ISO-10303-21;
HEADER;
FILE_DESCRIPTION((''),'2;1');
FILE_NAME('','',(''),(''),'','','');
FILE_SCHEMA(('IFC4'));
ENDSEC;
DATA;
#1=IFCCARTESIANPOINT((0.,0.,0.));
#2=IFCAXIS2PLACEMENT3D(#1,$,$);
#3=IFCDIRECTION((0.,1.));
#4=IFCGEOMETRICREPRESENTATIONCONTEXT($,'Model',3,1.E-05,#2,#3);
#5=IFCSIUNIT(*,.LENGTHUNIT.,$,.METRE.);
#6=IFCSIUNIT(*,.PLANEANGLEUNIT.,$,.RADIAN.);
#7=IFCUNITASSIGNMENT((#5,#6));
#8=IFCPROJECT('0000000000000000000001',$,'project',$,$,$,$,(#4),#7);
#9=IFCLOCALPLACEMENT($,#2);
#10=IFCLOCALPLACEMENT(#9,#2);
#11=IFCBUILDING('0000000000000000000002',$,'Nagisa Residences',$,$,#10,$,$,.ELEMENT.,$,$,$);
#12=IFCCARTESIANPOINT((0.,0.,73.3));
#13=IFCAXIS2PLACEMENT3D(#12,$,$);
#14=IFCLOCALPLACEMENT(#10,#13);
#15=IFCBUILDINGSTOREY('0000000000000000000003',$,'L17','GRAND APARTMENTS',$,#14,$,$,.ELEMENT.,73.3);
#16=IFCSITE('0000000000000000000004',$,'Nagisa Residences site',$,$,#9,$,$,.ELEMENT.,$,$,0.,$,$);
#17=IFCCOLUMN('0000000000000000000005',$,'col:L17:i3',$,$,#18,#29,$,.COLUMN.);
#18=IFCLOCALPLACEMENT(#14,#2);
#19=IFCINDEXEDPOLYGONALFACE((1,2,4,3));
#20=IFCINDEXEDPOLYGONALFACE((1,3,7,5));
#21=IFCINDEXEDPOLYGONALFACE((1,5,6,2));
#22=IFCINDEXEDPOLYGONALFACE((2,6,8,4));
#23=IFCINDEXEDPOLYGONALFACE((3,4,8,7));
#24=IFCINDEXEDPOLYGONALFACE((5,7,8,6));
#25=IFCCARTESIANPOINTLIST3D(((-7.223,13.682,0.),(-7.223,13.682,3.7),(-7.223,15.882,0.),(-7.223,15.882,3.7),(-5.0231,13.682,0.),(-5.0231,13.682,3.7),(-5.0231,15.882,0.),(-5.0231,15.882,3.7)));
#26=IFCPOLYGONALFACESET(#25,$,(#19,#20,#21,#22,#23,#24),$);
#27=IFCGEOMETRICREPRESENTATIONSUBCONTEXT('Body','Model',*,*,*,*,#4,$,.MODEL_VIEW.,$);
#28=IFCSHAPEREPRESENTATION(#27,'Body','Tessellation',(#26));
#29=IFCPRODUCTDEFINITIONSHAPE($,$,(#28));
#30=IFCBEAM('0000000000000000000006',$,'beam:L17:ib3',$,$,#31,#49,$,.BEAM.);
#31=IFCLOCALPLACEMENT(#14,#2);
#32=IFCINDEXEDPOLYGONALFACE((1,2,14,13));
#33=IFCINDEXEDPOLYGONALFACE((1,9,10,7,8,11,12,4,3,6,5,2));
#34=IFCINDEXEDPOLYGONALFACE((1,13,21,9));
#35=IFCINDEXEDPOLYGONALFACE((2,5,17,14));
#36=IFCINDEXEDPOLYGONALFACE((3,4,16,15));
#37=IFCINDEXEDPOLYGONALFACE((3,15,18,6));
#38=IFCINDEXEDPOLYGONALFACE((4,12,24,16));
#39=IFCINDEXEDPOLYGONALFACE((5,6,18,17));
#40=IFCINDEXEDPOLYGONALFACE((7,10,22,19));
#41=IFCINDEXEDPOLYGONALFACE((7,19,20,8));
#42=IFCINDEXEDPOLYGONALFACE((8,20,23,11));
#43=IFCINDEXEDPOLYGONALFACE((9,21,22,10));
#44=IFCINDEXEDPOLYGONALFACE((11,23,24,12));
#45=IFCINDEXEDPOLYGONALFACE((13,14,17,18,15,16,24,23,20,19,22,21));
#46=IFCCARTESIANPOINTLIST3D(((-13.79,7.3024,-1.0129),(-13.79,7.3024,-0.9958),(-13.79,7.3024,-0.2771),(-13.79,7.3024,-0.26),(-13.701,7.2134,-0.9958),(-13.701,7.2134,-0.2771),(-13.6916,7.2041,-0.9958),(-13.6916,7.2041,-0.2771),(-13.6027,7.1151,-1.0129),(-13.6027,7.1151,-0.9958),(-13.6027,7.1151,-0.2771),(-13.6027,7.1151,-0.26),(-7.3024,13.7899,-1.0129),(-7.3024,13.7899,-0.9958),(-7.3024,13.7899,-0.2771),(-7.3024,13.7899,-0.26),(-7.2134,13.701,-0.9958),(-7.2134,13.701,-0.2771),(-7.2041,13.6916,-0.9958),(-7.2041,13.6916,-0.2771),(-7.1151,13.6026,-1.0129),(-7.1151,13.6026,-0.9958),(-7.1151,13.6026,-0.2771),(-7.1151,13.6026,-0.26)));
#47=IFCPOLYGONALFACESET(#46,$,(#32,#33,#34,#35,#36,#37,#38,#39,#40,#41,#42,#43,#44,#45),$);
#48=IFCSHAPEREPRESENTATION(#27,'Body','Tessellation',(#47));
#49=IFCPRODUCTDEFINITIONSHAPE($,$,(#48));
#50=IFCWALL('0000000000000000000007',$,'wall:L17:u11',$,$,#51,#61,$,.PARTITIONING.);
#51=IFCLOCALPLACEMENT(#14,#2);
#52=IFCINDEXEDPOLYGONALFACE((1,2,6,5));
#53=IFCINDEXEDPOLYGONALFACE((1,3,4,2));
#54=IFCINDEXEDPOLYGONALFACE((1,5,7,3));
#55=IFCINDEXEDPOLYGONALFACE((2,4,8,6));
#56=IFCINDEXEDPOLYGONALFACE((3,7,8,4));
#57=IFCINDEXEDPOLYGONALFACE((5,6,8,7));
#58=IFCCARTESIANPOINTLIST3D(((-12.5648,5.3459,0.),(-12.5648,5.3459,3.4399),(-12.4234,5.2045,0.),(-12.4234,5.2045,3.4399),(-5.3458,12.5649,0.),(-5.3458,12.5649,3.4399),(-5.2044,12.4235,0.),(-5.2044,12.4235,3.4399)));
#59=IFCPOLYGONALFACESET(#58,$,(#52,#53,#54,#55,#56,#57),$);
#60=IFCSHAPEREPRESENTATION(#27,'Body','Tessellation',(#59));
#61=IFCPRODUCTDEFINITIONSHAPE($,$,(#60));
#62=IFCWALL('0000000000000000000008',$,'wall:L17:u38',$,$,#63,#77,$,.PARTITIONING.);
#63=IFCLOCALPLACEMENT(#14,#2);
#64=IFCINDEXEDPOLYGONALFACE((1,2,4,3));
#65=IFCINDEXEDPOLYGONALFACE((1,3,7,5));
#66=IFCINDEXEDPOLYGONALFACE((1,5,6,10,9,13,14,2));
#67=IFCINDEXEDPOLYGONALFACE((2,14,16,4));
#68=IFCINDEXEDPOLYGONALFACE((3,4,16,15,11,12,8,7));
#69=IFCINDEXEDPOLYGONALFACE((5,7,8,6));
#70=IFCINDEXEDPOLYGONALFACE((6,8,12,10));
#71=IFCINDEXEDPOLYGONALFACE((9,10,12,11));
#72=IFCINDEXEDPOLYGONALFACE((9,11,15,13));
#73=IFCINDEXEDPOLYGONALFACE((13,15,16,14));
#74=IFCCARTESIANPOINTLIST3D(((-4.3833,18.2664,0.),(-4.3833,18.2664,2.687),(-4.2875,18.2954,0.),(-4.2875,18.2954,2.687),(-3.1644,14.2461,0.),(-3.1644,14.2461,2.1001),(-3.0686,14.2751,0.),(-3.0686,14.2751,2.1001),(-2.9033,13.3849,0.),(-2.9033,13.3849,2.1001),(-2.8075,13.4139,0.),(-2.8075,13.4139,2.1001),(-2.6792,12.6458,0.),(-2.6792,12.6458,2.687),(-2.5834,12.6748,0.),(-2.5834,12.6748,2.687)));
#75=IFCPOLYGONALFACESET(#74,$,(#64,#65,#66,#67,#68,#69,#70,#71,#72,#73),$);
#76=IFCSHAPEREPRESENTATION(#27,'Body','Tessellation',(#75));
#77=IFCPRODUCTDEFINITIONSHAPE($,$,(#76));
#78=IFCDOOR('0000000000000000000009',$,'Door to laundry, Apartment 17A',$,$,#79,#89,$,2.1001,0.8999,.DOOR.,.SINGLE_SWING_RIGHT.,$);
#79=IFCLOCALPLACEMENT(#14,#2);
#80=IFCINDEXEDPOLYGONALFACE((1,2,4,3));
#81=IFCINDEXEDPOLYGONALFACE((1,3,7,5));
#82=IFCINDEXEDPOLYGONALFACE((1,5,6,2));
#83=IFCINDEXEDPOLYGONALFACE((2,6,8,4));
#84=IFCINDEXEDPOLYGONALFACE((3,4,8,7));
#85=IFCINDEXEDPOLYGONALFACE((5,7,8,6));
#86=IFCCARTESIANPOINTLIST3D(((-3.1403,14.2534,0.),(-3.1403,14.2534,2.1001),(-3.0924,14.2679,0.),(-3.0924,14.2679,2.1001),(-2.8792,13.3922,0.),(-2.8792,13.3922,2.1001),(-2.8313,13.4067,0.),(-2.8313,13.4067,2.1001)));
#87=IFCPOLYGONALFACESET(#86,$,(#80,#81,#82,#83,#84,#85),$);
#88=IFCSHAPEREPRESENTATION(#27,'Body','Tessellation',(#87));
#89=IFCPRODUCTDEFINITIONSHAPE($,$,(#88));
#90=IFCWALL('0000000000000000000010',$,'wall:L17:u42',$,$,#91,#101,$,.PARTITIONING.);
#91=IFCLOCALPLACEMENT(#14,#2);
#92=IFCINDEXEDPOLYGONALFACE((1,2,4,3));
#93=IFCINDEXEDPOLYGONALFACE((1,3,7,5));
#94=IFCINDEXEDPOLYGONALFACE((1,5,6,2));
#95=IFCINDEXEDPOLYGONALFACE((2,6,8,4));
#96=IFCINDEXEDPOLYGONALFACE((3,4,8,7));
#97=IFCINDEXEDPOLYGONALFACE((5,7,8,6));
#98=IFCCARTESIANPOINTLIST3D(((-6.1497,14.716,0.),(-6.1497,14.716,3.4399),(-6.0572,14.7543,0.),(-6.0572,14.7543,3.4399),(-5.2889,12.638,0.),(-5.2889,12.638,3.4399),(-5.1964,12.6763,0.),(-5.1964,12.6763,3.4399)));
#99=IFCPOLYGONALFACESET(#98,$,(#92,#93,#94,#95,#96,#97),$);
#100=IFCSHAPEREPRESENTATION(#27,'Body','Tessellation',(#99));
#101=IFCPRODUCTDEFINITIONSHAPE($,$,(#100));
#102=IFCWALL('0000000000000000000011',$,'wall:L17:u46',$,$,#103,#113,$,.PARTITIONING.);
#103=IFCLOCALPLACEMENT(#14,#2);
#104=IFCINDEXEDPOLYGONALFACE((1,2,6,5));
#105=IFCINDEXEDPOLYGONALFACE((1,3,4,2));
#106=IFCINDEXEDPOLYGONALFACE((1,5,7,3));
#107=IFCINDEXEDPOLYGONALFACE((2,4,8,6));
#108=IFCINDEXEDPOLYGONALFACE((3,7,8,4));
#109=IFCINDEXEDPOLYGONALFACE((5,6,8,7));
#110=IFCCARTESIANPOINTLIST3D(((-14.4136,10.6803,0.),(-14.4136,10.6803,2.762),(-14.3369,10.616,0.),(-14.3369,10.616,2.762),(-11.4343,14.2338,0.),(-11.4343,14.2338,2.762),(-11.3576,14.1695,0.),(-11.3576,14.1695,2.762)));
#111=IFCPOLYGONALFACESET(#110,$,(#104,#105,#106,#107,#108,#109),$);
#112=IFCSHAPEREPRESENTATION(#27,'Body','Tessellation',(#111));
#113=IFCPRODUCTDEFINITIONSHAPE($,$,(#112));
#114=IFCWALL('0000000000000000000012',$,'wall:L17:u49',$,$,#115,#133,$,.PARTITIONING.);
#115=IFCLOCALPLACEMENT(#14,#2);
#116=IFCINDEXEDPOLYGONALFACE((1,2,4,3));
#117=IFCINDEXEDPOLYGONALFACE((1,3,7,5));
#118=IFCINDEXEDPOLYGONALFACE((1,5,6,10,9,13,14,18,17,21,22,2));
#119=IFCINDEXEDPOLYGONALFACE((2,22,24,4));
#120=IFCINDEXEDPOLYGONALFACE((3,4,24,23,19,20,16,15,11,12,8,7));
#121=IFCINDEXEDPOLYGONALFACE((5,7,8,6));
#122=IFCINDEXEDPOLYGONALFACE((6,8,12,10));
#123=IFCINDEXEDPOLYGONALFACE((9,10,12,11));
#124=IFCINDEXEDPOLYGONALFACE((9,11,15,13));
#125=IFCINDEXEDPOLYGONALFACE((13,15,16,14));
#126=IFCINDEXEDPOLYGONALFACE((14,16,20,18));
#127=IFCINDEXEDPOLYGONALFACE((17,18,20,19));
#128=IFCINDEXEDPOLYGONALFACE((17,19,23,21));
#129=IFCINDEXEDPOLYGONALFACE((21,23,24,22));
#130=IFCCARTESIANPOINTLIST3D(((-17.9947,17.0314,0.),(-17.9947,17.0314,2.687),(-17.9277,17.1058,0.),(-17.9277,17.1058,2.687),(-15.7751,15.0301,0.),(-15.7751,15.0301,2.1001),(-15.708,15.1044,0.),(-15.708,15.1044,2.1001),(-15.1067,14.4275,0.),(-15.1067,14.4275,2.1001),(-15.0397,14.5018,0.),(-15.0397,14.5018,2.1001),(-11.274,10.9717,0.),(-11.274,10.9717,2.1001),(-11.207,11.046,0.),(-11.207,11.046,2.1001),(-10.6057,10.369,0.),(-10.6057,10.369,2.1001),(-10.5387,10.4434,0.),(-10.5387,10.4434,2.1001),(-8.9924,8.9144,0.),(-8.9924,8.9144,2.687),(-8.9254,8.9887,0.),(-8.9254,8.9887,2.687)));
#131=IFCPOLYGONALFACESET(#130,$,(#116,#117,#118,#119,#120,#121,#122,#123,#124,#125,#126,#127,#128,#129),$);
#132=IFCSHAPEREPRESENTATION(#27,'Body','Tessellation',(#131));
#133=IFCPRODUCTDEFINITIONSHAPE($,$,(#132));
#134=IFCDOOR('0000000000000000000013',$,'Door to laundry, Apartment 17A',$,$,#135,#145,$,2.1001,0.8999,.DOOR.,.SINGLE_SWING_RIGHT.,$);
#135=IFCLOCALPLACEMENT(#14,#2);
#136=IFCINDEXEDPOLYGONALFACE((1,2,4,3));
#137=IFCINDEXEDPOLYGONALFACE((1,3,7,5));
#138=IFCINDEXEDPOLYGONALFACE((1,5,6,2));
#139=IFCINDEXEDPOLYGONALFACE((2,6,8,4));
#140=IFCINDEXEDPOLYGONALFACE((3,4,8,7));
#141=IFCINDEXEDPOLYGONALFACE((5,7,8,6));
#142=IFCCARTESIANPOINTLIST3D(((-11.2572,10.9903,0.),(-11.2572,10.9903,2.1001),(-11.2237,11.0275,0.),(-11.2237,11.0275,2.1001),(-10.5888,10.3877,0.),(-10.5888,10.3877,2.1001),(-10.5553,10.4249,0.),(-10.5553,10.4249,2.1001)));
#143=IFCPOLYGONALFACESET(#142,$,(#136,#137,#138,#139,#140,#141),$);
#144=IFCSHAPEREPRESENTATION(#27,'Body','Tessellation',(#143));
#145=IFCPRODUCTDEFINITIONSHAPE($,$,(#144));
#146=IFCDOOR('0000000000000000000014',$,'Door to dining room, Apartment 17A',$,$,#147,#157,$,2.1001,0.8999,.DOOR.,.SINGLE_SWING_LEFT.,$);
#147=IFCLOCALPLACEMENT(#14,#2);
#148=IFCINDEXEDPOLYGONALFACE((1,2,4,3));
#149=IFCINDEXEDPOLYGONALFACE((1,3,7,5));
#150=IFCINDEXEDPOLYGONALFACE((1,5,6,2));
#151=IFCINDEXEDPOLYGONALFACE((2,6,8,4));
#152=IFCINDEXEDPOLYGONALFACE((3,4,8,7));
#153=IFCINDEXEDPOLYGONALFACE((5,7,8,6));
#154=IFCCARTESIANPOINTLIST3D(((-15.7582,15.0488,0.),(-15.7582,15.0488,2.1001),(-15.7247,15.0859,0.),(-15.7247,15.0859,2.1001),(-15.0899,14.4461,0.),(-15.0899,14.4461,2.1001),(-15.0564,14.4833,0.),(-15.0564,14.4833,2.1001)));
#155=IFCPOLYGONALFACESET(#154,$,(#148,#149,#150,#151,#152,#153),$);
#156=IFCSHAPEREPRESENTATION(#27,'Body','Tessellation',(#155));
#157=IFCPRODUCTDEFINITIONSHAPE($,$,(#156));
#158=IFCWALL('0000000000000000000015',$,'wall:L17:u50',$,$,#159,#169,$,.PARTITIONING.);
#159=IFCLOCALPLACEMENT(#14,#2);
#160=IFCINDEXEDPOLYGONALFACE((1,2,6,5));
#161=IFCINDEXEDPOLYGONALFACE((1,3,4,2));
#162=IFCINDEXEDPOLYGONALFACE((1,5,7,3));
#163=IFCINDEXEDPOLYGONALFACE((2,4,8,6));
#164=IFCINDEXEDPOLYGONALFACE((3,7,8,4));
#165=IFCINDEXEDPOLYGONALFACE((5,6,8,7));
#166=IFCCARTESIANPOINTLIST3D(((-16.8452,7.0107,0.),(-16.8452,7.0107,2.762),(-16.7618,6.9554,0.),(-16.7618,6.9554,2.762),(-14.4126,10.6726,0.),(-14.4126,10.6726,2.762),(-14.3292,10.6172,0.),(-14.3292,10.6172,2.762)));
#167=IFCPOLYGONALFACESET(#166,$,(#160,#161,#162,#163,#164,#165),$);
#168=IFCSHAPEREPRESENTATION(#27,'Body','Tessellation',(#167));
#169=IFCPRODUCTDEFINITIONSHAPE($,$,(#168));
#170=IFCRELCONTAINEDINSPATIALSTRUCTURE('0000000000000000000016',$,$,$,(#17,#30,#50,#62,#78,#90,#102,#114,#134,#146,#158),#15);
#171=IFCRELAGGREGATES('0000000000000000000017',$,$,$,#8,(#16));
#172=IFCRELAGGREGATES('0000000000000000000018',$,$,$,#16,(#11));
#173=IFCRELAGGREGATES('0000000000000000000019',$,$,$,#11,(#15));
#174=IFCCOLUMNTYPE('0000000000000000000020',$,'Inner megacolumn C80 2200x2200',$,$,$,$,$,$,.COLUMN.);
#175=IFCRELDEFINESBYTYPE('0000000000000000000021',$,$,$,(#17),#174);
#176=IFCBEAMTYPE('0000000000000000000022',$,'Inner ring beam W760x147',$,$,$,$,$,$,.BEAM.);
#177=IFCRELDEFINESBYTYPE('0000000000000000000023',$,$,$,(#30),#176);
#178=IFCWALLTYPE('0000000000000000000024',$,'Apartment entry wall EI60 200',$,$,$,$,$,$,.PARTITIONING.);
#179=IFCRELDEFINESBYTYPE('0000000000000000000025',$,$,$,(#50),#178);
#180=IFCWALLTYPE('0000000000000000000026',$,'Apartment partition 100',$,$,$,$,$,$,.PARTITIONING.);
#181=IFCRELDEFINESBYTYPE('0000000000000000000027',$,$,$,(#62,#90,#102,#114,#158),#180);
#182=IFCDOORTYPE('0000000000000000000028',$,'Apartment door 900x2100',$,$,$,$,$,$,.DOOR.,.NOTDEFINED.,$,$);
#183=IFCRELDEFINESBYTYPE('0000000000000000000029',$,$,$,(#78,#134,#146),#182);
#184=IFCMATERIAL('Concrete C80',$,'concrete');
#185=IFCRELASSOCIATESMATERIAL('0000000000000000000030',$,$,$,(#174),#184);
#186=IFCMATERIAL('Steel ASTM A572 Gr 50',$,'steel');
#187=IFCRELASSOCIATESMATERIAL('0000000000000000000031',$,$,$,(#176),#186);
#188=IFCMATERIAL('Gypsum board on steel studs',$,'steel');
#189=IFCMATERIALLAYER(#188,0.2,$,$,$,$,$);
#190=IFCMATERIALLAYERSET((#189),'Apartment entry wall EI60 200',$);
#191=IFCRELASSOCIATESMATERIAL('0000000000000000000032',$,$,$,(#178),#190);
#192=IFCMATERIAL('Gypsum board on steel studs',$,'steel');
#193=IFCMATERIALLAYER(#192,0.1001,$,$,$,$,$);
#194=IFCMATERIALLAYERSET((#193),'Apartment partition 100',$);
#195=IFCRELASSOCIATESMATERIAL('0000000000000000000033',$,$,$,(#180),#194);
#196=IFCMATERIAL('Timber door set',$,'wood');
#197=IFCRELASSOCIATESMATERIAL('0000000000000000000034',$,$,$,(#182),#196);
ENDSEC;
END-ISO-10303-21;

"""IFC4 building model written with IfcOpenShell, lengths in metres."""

from ifc_helpers import new_model, si_unit, direction, frame, frame_2d, origin, origin_2d, place, context, subcontext, project, spatial, rectangle, i_section, extrude, material, layer, layer_set, material_profile, profile_set, type_object, element, fill, save


model = new_model("IFC4")

# Units and contexts
model_context = context("Model", 3, precision=1e-05, world=origin(), true_north=direction((0.0, 1.0)))
body_context = subcontext(model_context, "Body", "Model", "MODEL_VIEW")
ifc_project = project(units=[si_unit("LENGTHUNIT", "METRE"), si_unit("PLANEANGLEUNIT", "RADIAN")], contexts=[model_context])

# Site, building, storey
site_placement = place(None, origin())
site = spatial("IfcSite", under=ifc_project, at=site_placement, Name="Nagisa Residences site", CompositionType="ELEMENT", RefElevation=0.0)
building_placement = place(site_placement, origin())
building = spatial("IfcBuilding", under=site, at=building_placement, Name="Nagisa Residences", CompositionType="ELEMENT")
storey_placement = place(building_placement, frame((0.0, 0.0, 73.3)))
storey = spatial("IfcBuildingStorey", under=building, at=storey_placement, Name="L17", Description="GRAND APARTMENTS", CompositionType="ELEMENT", Elevation=73.3)

# Column
ifc_material_1 = material(Name="Concrete C80", Category="concrete")
ifc_material_profile_1 = material_profile(ifc_material_1, rectangle(XDim=2.2, YDim=2.2, at=origin_2d()), Name="C80 2200x2200")
ifc_profile_set_1 = profile_set([ifc_material_profile_1], Name="Concrete C80")
column_type = type_object("IfcColumnType", Name="Inner megacolumn C80 2200x2200", PredefinedType="COLUMN", material=ifc_profile_set_1)
column_placement = place(storey_placement, frame((-6.123, 14.782, 0.0), z_axis=(0.0, 0.0, 1.0), x_axis=(1.0, 0.0, 0.0)))
element("IfcColumn", 1, at=column_placement, inside=storey, type_object=column_type, Name="col:L17:i3", PredefinedType="COLUMN", context=body_context, shape_type="SweptSolid", body=[
    extrude(rectangle(XDim=2.2, YDim=2.2, at=origin_2d()), origin(), (0.0, 0.0, 1.0), 3.7),
])

# Beam
ifc_material_2 = material(Name="Steel ASTM A572 Gr 50", Category="steel")
ifc_material_profile_2 = material_profile(ifc_material_2, i_section(OverallWidth=0.2649, OverallDepth=0.7529, WebThickness=0.0132, FlangeThickness=0.0171, at=origin_2d()), Name="W760x147")
ifc_profile_set_2 = profile_set([ifc_material_profile_2], Name="Steel ASTM A572 Gr 50")
beam_type = type_object("IfcBeamType", Name="Inner ring beam W760x147", PredefinedType="BEAM", material=ifc_profile_set_2)
beam_placement = place(storey_placement, frame((-7.2087, 13.6963, -0.6365), z_axis=(-0.707107, -0.707107, 0.0), x_axis=(0.707107, -0.707107, 0.0)))
element("IfcBeam", 2, at=beam_placement, inside=storey, type_object=beam_type, Name="beam:L17:ib3", PredefinedType="BEAM", context=body_context, shape_type="SweptSolid", body=[
    extrude(i_section(OverallWidth=0.2649, OverallDepth=0.7529, WebThickness=0.0132, FlangeThickness=0.0171, at=origin_2d()), origin(), (0.0, 0.0, 1.0), 9.1748),
])

# Wall
ifc_material_3 = material(Name="Gypsum board on steel studs", Category="steel")
ifc_layer_1 = layer(ifc_material_3, 0.2)
ifc_layer_set_1 = layer_set([ifc_layer_1], Name="Apartment entry wall EI60 200")
wall_type_1 = type_object("IfcWallType", Name="Apartment entry wall EI60 200", PredefinedType="PARTITIONING", material=ifc_layer_set_1)
wall_1_placement = place(storey_placement, frame((-5.2751, 12.4941, 0.0), z_axis=(0.0, 0.0, 1.0), x_axis=(-0.707107, -0.707107, 0.0)))
element("IfcWall", 3, at=wall_1_placement, inside=storey, type_object=wall_type_1, Name="wall:L17:u11", PredefinedType="PARTITIONING", context=body_context, shape_type="SweptSolid", body=[
    extrude(rectangle(XDim=10.2092, YDim=0.2, at=frame_2d((5.1045, 0.0))), origin(), (0.0, 0.0, 1.0), 3.4399),
])

# Wall, opening, door
ifc_material_4 = material(Name="Gypsum board on steel studs", Category="steel")
ifc_layer_2 = layer(ifc_material_4, 0.1001)
ifc_layer_set_2 = layer_set([ifc_layer_2], Name="Apartment partition 100")
wall_type_2 = type_object("IfcWallType", Name="Apartment partition 100", PredefinedType="PARTITIONING", material=ifc_layer_set_2)
wall_2_placement = place(storey_placement, frame((-2.6313, 12.6604, 0.0), z_axis=(0.0, 0.0, 1.0), x_axis=(-0.290146, 0.956982, 0.0)))
wall_2 = element("IfcWall", 4, at=wall_2_placement, inside=storey, type_object=wall_type_2, Name="wall:L17:u38", PredefinedType="PARTITIONING", context=body_context, shape_type="SweptSolid", body=[
    extrude(rectangle(XDim=5.8733, YDim=0.1001, at=frame_2d((2.9365, 0.0))), origin(), (0.0, 0.0, 1.0), 2.687),
])
opening_1_placement = place(wall_2_placement, frame((0.7722, 0.0, 0.0)))
opening_1 = element("IfcOpeningElement", 5, at=opening_1_placement, cuts=wall_2, PredefinedType="OPENING", context=body_context, shape_type="SweptSolid", body=[
    extrude(rectangle(XDim=0.8999, YDim=2.1001, at=frame_2d((0.45, 1.05))), frame((0.0, 0.0601, 0.0), z_axis=(0.0, -1.0, 0.0), x_axis=(1.0, 0.0, 0.0)), (0.0, 0.0, 1.0), 0.1201),
])
ifc_material_5 = material(Name="Timber door set", Category="wood")
door_type_1 = type_object("IfcDoorType", Name="Apartment door 900x2100", OperationType="NOTDEFINED", PredefinedType="DOOR", material=ifc_material_5)
door_1_placement = place(opening_1_placement, origin())
door_1 = element("IfcDoor", 6, at=door_1_placement, inside=storey, type_object=door_type_1, Name="Door to laundry, Apartment 17A", OperationType="SINGLE_SWING_RIGHT", OverallHeight=2.1001, OverallWidth=0.8999, PredefinedType="DOOR", context=body_context, shape_type="SweptSolid", body=[
    extrude(rectangle(XDim=0.8999, YDim=2.1001, at=frame_2d((0.45, 1.05))), frame((0.0, 0.0249, 0.0), z_axis=(0.0, -1.0, 0.0), x_axis=(1.0, 0.0, 0.0)), (0.0, 0.0, 1.0), 0.05),
])
fill(opening_1, door_1)

# Walls
wall_3_placement = place(storey_placement, frame((-5.2427, 12.6572, 0.0), z_axis=(0.0, 0.0, 1.0), x_axis=(-0.382703, 0.923871, 0.0)))
element("IfcWall", 7, at=wall_3_placement, inside=storey, type_object=wall_type_2, Name="wall:L17:u42", PredefinedType="PARTITIONING", context=body_context, shape_type="SweptSolid", body=[
    extrude(rectangle(XDim=2.2493, YDim=0.1001, at=frame_2d((1.1245, 0.0))), origin(), (0.0, 0.0, 1.0), 3.4399),
])
wall_4_placement = place(storey_placement, frame((-11.396, 14.2017, 0.0), z_axis=(0.0, 0.0, 1.0), x_axis=(-0.642476, -0.766306, 0.0)))
element("IfcWall", 8, at=wall_4_placement, inside=storey, type_object=wall_type_2, Name="wall:L17:u46", PredefinedType="PARTITIONING", context=body_context, shape_type="SweptSolid", body=[
    extrude(rectangle(XDim=4.6372, YDim=0.1001, at=frame_2d((2.3186, 0.0))), origin(), (0.0, 0.0, 1.0), 2.762),
])

# Wall, openings, doors
wall_5_placement = place(storey_placement, frame((-8.959, 8.9517, 0.0), z_axis=(0.0, 0.0, 1.0), x_axis=(-0.74268, 0.669647, 0.0)))
wall_5 = element("IfcWall", 9, at=wall_5_placement, inside=storey, type_object=wall_type_2, Name="wall:L17:u49", PredefinedType="PARTITIONING", context=body_context, shape_type="SweptSolid", body=[
    extrude(rectangle(XDim=12.1213, YDim=0.1001, at=frame_2d((6.0605, 0.0))), origin(), (0.0, 0.0, 1.0), 2.687),
])
opening_2_placement = place(wall_5_placement, frame((2.1721, 0.0, 0.0)))
opening_2 = element("IfcOpeningElement", 10, at=opening_2_placement, cuts=wall_5, PredefinedType="OPENING", context=body_context, shape_type="SweptSolid", body=[
    extrude(rectangle(XDim=0.8999, YDim=2.1001, at=frame_2d((0.45, 1.05))), frame((0.0, 0.0601, 0.0), z_axis=(0.0, -1.0, 0.0), x_axis=(1.0, 0.0, 0.0)), (0.0, 0.0, 1.0), 0.1201),
])
opening_3_placement = place(wall_5_placement, frame((8.2327, 0.0, 0.0)))
opening_3 = element("IfcOpeningElement", 11, at=opening_3_placement, cuts=wall_5, PredefinedType="OPENING", context=body_context, shape_type="SweptSolid", body=[
    extrude(rectangle(XDim=0.8999, YDim=2.1001, at=frame_2d((0.45, 1.05))), frame((0.0, 0.0601, 0.0), z_axis=(0.0, -1.0, 0.0), x_axis=(1.0, 0.0, 0.0)), (0.0, 0.0, 1.0), 0.1201),
])
door_2_placement = place(opening_2_placement, origin())
door_2 = element("IfcDoor", 12, at=door_2_placement, inside=storey, type_object=door_type_1, Name="Door to laundry, Apartment 17A", OperationType="SINGLE_SWING_RIGHT", OverallHeight=2.1001, OverallWidth=0.8999, PredefinedType="DOOR", context=body_context, shape_type="SweptSolid", body=[
    extrude(rectangle(XDim=0.8999, YDim=2.1001, at=frame_2d((0.45, 1.05))), frame((0.0, 0.0249, 0.0), z_axis=(0.0, -1.0, 0.0), x_axis=(1.0, 0.0, 0.0)), (0.0, 0.0, 1.0), 0.05),
])
fill(opening_2, door_2)
door_3_placement = place(opening_3_placement, origin())
door_3 = element("IfcDoor", 13, at=door_3_placement, inside=storey, type_object=door_type_1, Name="Door to dining room, Apartment 17A", OperationType="SINGLE_SWING_LEFT", OverallHeight=2.1001, OverallWidth=0.8999, PredefinedType="DOOR", context=body_context, shape_type="SweptSolid", body=[
    extrude(rectangle(XDim=0.8999, YDim=2.1001, at=frame_2d((0.45, 1.05))), frame((0.0, 0.0249, 0.0), z_axis=(0.0, -1.0, 0.0), x_axis=(1.0, 0.0, 0.0)), (0.0, 0.0, 1.0), 0.05),
])
fill(opening_3, door_3)

# Wall
wall_6_placement = place(storey_placement, frame((-14.3708, 10.645, 0.0), z_axis=(0.0, 0.0, 1.0), x_axis=(-0.553341, -0.832955, 0.0)))
element("IfcWall", 14, at=wall_6_placement, inside=storey, type_object=wall_type_2, Name="wall:L17:u50", PredefinedType="PARTITIONING", context=body_context, shape_type="SweptSolid", body=[
    extrude(rectangle(XDim=4.3962, YDim=0.1001, at=frame_2d((2.1982, 0.0))), origin(), (0.0, 0.0, 1.0), 2.762),
])

save(model, "model.ifc")
